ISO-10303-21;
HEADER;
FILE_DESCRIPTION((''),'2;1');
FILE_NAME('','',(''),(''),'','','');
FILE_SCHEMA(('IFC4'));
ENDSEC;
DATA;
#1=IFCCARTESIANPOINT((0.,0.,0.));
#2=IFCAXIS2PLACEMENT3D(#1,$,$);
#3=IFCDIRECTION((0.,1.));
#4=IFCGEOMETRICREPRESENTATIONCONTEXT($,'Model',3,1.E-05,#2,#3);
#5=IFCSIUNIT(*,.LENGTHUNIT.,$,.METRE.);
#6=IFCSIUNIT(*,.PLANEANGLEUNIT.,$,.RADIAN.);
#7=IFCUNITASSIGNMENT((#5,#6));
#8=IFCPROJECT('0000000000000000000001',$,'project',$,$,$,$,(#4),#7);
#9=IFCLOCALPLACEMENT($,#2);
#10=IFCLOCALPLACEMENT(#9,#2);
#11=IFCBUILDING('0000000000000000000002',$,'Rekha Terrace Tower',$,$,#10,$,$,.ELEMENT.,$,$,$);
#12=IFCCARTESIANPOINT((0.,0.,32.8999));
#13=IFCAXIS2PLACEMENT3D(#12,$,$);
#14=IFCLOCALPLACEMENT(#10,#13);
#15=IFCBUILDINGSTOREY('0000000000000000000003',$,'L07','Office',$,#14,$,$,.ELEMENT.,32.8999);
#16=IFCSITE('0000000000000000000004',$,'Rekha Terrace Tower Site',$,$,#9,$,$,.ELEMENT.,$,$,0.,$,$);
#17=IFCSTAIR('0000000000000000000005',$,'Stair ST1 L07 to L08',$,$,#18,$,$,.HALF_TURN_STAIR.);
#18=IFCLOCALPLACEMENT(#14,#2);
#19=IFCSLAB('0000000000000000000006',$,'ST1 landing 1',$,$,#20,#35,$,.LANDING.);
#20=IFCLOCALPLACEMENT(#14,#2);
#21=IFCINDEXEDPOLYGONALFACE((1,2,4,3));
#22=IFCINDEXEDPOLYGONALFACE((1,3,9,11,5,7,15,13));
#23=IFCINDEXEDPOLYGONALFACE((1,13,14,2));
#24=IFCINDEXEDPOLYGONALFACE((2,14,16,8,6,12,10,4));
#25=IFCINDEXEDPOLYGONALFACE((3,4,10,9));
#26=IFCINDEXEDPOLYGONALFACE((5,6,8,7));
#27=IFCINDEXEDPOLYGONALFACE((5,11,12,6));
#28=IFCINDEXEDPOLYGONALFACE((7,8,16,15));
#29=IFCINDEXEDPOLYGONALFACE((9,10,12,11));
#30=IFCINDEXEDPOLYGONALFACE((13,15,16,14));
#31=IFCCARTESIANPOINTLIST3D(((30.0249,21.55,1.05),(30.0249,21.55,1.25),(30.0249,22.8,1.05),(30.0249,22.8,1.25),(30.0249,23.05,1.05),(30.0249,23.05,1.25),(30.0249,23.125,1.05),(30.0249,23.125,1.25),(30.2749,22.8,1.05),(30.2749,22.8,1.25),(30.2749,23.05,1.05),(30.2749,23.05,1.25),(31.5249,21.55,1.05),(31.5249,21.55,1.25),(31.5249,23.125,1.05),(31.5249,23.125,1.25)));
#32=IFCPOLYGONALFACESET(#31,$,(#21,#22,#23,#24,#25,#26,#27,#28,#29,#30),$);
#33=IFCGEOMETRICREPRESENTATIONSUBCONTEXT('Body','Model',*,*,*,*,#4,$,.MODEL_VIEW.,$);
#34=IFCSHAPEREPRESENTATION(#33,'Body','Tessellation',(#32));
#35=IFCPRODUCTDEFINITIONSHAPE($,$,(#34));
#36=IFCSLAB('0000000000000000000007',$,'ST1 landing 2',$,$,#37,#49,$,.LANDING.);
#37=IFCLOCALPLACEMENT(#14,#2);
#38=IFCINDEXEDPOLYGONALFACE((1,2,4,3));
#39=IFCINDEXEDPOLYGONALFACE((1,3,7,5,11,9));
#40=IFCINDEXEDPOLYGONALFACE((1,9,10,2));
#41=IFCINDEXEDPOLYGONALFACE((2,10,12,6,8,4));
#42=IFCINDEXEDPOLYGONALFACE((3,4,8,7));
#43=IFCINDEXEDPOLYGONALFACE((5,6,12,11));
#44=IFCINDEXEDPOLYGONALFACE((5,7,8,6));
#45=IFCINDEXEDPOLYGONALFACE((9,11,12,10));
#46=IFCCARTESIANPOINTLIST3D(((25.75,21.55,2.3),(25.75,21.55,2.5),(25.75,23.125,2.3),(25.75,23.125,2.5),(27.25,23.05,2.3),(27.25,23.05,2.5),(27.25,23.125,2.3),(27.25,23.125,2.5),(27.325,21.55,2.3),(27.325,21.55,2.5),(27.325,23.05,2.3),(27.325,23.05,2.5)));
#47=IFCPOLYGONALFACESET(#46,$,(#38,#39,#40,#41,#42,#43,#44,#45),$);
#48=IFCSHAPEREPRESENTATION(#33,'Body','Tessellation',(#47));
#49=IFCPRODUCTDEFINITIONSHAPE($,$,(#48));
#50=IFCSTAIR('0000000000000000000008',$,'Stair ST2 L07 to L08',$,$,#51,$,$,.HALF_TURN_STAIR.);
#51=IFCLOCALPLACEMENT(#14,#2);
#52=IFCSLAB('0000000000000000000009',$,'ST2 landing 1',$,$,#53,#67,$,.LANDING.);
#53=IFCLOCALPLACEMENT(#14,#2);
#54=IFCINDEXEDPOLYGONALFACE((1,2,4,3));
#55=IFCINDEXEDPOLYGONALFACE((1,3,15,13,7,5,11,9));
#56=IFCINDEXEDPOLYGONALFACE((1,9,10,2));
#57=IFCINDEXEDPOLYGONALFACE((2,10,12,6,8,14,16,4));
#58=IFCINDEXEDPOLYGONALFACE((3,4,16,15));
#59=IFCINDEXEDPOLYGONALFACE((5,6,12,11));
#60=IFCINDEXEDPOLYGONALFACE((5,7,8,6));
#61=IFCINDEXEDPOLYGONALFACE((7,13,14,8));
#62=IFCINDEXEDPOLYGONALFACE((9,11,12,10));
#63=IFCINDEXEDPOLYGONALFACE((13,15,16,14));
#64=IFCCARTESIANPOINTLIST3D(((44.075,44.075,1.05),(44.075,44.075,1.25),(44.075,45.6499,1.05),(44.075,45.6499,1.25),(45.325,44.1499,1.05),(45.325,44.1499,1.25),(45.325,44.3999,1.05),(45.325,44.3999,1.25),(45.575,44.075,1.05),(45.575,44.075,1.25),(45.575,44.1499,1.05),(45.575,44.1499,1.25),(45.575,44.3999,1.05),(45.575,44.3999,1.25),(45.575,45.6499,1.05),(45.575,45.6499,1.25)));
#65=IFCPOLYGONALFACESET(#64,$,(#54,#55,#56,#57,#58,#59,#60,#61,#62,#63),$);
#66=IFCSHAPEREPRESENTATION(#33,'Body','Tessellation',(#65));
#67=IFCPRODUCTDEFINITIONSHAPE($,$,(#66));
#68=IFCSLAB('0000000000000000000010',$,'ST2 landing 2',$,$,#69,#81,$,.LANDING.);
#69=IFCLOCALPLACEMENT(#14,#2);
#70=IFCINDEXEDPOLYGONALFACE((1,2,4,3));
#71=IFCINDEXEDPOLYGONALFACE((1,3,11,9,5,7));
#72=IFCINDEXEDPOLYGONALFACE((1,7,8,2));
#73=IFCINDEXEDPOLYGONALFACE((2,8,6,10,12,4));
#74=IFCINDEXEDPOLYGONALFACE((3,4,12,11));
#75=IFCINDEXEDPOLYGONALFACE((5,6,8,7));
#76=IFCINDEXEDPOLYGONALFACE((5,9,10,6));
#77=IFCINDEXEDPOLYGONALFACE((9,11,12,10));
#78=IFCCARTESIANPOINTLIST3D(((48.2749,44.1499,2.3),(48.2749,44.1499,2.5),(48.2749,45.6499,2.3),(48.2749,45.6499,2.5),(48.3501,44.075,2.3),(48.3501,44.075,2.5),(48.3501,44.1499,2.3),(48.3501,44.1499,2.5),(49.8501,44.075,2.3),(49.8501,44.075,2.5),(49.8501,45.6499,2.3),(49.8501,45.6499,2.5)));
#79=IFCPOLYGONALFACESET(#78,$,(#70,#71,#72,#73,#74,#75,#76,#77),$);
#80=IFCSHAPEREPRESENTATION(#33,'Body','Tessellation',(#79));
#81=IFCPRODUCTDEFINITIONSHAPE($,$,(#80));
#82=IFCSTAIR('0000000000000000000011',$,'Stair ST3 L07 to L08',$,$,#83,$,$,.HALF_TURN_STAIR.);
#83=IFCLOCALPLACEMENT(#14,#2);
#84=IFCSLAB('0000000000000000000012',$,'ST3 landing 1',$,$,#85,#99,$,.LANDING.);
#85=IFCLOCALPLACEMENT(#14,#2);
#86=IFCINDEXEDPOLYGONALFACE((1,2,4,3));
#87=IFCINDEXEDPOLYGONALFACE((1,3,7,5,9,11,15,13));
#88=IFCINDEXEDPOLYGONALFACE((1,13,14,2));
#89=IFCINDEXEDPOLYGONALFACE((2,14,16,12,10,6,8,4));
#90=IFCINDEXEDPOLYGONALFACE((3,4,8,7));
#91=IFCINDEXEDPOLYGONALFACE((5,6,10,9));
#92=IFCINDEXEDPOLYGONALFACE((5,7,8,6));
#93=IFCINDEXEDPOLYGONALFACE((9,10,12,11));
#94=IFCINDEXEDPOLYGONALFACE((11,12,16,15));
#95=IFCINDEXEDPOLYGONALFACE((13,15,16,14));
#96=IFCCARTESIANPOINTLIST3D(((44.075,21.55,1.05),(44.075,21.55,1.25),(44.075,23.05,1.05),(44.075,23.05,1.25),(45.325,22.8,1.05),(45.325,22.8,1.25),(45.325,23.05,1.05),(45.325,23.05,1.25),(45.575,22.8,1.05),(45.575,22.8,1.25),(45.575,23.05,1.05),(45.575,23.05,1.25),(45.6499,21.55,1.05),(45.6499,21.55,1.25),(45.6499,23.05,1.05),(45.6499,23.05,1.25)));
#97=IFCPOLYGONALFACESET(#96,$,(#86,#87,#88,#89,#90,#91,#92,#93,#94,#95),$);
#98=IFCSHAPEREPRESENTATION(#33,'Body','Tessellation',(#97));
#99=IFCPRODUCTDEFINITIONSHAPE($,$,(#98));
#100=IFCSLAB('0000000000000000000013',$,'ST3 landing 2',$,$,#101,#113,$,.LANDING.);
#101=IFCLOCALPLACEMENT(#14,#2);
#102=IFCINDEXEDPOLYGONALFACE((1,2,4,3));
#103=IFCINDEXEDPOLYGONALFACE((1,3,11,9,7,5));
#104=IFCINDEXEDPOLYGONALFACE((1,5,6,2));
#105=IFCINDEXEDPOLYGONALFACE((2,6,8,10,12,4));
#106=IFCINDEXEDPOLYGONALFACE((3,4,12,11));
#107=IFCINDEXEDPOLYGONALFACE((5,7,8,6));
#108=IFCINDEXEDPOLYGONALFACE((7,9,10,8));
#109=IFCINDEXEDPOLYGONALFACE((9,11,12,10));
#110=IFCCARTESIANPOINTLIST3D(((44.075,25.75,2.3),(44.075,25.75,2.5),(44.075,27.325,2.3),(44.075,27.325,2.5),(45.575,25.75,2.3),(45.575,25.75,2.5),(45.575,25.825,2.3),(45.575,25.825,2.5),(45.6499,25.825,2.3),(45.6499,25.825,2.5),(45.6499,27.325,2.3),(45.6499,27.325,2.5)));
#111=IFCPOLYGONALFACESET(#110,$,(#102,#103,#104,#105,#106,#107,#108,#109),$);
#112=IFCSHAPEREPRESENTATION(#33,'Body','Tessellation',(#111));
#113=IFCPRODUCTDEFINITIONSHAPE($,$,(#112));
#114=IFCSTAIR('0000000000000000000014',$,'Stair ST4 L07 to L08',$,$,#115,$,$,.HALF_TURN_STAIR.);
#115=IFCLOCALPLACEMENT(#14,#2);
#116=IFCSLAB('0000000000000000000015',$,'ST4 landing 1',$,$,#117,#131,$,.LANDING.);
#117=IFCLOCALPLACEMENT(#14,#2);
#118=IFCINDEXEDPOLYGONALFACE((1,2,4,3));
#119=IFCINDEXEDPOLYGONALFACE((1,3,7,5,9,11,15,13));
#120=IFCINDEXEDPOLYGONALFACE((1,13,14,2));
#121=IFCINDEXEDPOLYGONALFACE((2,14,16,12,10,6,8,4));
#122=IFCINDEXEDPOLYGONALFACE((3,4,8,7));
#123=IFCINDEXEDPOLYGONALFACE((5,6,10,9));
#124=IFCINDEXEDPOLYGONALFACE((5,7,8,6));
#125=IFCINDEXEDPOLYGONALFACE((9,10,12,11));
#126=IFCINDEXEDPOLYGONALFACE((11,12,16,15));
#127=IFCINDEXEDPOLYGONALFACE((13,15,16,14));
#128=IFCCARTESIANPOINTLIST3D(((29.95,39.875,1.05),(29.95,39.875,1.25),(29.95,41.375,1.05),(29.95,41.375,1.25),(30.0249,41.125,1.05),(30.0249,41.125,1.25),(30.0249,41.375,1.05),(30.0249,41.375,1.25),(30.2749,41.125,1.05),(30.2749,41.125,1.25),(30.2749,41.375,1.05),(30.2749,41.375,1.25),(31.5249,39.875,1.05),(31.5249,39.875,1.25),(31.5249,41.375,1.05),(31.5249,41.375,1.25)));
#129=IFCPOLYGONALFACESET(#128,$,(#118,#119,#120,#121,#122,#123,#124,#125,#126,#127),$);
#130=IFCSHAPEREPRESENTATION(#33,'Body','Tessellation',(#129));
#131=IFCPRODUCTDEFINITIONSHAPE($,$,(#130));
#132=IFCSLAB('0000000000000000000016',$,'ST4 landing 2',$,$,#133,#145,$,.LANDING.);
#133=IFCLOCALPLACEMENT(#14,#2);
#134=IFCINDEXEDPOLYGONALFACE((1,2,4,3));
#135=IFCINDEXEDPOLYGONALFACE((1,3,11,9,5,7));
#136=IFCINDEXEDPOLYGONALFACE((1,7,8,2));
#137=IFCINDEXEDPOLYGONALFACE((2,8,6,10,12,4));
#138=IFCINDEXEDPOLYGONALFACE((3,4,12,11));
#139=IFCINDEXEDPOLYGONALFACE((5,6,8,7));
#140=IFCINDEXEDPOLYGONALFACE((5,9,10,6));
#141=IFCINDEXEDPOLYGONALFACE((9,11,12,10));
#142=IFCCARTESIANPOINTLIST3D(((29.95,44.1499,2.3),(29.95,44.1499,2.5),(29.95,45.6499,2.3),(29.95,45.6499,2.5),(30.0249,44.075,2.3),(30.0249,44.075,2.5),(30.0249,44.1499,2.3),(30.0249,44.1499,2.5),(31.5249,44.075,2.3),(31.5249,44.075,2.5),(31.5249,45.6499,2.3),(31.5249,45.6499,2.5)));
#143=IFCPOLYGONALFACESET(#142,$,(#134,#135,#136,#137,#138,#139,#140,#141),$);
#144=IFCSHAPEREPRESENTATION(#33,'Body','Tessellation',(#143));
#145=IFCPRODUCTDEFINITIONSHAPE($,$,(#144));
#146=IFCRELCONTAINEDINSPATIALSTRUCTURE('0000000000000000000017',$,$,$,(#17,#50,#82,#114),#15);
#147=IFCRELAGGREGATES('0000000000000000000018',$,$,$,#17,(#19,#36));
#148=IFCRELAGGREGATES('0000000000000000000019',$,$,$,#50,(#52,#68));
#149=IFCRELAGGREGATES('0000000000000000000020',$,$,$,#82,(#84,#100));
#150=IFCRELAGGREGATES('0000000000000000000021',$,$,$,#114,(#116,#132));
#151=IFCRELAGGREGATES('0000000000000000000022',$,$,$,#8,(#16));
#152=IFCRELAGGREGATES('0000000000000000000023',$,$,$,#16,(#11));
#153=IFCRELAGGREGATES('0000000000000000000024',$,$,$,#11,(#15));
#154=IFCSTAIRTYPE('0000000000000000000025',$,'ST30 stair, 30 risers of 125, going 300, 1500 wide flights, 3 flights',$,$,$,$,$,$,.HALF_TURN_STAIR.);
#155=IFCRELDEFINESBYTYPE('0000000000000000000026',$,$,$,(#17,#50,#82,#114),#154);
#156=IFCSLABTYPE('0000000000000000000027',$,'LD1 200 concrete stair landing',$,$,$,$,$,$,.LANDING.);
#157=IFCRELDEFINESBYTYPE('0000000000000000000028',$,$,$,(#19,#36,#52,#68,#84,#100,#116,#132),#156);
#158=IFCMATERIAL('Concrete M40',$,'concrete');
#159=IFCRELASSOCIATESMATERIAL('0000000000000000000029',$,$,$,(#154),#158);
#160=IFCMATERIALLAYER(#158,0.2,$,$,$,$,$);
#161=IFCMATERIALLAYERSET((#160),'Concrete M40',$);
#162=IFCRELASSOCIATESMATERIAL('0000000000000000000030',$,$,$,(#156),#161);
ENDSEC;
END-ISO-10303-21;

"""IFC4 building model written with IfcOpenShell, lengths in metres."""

from ifc_helpers import new_model, si_unit, direction, frame, origin, place, context, subcontext, project, spatial, polyline, outline, extrude, material, layer, layer_set, type_object, element, aggregate, save


model = new_model("IFC4")

# Units and contexts
model_context = context("Model", 3, precision=1e-05, world=origin(), true_north=direction((0.0, 1.0)))
body_context = subcontext(model_context, "Body", "Model", "MODEL_VIEW")
ifc_project = project(units=[si_unit("LENGTHUNIT", "METRE"), si_unit("PLANEANGLEUNIT", "RADIAN")], contexts=[model_context])

# Site, building, storey
site_placement = place(None, origin())
site = spatial("IfcSite", under=ifc_project, at=site_placement, Name="Rekha Terrace Tower Site", CompositionType="ELEMENT", RefElevation=0.0)
building_placement = place(site_placement, origin())
building = spatial("IfcBuilding", under=site, at=building_placement, Name="Rekha Terrace Tower", CompositionType="ELEMENT")
storey_placement = place(building_placement, frame((0.0, 0.0, 32.8999)))
storey = spatial("IfcBuildingStorey", under=building, at=storey_placement, Name="L07", Description="Office", CompositionType="ELEMENT", Elevation=32.8999)

# Stairs, slabs
ifc_material_1 = material(Name="Concrete M40", Category="concrete")
stair_type = type_object("IfcStairType", Name="ST30 stair, 30 risers of 125, going 300, 1500 wide flights, 3 flights", PredefinedType="HALF_TURN_STAIR", material=ifc_material_1)
stair_1_placement = place(storey_placement, origin())
stair_1 = element("IfcStair", 1, at=stair_1_placement, inside=storey, type_object=stair_type, Name="Stair ST1 L07 to L08", PredefinedType="HALF_TURN_STAIR")
ifc_layer_1 = layer(ifc_material_1, 0.2)
ifc_layer_set_1 = layer_set([ifc_layer_1], Name="Concrete M40")
slab_type_1 = type_object("IfcSlabType", Name="LD1 200 concrete stair landing", PredefinedType="LANDING", material=ifc_layer_set_1)
slab_1_placement = place(storey_placement, frame((0.0, 0.0, 1.05)))
slab_1 = element("IfcSlab", 2, at=slab_1_placement, type_object=slab_type_1, Name="ST1 landing 1", PredefinedType="LANDING", context=body_context, shape_type="SweptSolid", body=[
    extrude(outline(polyline([(30.0249, 21.55), (31.5249, 21.55), (31.5249, 23.125), (30.0249, 23.125), (30.0249, 23.05), (30.2749, 23.05), (30.2749, 22.8), (30.0249, 22.8), (30.0249, 21.55)])), origin(), (0.0, 0.0, 1.0), 0.2),
])
slab_2_placement = place(storey_placement, frame((0.0, 0.0, 2.3)))
slab_2 = element("IfcSlab", 3, at=slab_2_placement, type_object=slab_type_1, Name="ST1 landing 2", PredefinedType="LANDING", context=body_context, shape_type="SweptSolid", body=[
    extrude(outline(polyline([(27.25, 23.125), (25.75, 23.125), (25.75, 21.55), (27.325, 21.55), (27.325, 23.05), (27.25, 23.05), (27.25, 23.125)])), origin(), (0.0, 0.0, 1.0), 0.2),
])
aggregate(stair_1, [slab_1, slab_2])
stair_2_placement = place(storey_placement, origin())
stair_2 = element("IfcStair", 4, at=stair_2_placement, inside=storey, type_object=stair_type, Name="Stair ST2 L07 to L08", PredefinedType="HALF_TURN_STAIR")
slab_3_placement = place(storey_placement, frame((0.0, 0.0, 1.05)))
slab_3 = element("IfcSlab", 5, at=slab_3_placement, type_object=slab_type_1, Name="ST2 landing 1", PredefinedType="LANDING", context=body_context, shape_type="SweptSolid", body=[
    extrude(outline(polyline([(45.575, 45.6499), (44.075, 45.6499), (44.075, 44.075), (45.575, 44.075), (45.575, 44.1499), (45.325, 44.1499), (45.325, 44.3999), (45.575, 44.3999), (45.575, 45.6499)])), origin(), (0.0, 0.0, 1.0), 0.2),
])
slab_4_placement = place(storey_placement, frame((0.0, 0.0, 2.3)))
slab_4 = element("IfcSlab", 6, at=slab_4_placement, type_object=slab_type_1, Name="ST2 landing 2", PredefinedType="LANDING", context=body_context, shape_type="SweptSolid", body=[
    extrude(outline(polyline([(48.3501, 44.075), (49.8501, 44.075), (49.8501, 45.6499), (48.2749, 45.6499), (48.2749, 44.1499), (48.3501, 44.1499), (48.3501, 44.075)])), origin(), (0.0, 0.0, 1.0), 0.2),
])
aggregate(stair_2, [slab_3, slab_4])
stair_3_placement = place(storey_placement, origin())
stair_3 = element("IfcStair", 7, at=stair_3_placement, inside=storey, type_object=stair_type, Name="Stair ST3 L07 to L08", PredefinedType="HALF_TURN_STAIR")
slab_5_placement = place(storey_placement, frame((0.0, 0.0, 1.05)))
slab_5 = element("IfcSlab", 8, at=slab_5_placement, type_object=slab_type_1, Name="ST3 landing 1", PredefinedType="LANDING", context=body_context, shape_type="SweptSolid", body=[
    extrude(outline(polyline([(44.075, 23.05), (44.075, 21.55), (45.6499, 21.55), (45.6499, 23.05), (45.575, 23.05), (45.575, 22.8), (45.325, 22.8), (45.325, 23.05), (44.075, 23.05)])), origin(), (0.0, 0.0, 1.0), 0.2),
])
slab_6_placement = place(storey_placement, frame((0.0, 0.0, 2.3)))
slab_6 = element("IfcSlab", 9, at=slab_6_placement, type_object=slab_type_1, Name="ST3 landing 2", PredefinedType="LANDING", context=body_context, shape_type="SweptSolid", body=[
    extrude(outline(polyline([(45.6499, 25.825), (45.6499, 27.325), (44.075, 27.325), (44.075, 25.75), (45.575, 25.75), (45.575, 25.825), (45.6499, 25.825)])), origin(), (0.0, 0.0, 1.0), 0.2),
])
aggregate(stair_3, [slab_5, slab_6])
stair_4_placement = place(storey_placement, origin())
stair_4 = element("IfcStair", 10, at=stair_4_placement, inside=storey, type_object=stair_type, Name="Stair ST4 L07 to L08", PredefinedType="HALF_TURN_STAIR")
slab_7_placement = place(storey_placement, frame((0.0, 0.0, 1.05)))
slab_7 = element("IfcSlab", 11, at=slab_7_placement, type_object=slab_type_1, Name="ST4 landing 1", PredefinedType="LANDING", context=body_context, shape_type="SweptSolid", body=[
    extrude(outline(polyline([(31.5249, 41.375), (31.5249, 39.875), (29.95, 39.875), (29.95, 41.375), (30.0249, 41.375), (30.0249, 41.125), (30.2749, 41.125), (30.2749, 41.375), (31.5249, 41.375)])), origin(), (0.0, 0.0, 1.0), 0.2),
])
slab_8_placement = place(storey_placement, frame((0.0, 0.0, 2.3)))
slab_8 = element("IfcSlab", 12, at=slab_8_placement, type_object=slab_type_1, Name="ST4 landing 2", PredefinedType="LANDING", context=body_context, shape_type="SweptSolid", body=[
    extrude(outline(polyline([(29.95, 44.1499), (29.95, 45.6499), (31.5249, 45.6499), (31.5249, 44.075), (30.0249, 44.075), (30.0249, 44.1499), (29.95, 44.1499)])), origin(), (0.0, 0.0, 1.0), 0.2),
])
aggregate(stair_4, [slab_7, slab_8])

save(model, "model.ifc")
